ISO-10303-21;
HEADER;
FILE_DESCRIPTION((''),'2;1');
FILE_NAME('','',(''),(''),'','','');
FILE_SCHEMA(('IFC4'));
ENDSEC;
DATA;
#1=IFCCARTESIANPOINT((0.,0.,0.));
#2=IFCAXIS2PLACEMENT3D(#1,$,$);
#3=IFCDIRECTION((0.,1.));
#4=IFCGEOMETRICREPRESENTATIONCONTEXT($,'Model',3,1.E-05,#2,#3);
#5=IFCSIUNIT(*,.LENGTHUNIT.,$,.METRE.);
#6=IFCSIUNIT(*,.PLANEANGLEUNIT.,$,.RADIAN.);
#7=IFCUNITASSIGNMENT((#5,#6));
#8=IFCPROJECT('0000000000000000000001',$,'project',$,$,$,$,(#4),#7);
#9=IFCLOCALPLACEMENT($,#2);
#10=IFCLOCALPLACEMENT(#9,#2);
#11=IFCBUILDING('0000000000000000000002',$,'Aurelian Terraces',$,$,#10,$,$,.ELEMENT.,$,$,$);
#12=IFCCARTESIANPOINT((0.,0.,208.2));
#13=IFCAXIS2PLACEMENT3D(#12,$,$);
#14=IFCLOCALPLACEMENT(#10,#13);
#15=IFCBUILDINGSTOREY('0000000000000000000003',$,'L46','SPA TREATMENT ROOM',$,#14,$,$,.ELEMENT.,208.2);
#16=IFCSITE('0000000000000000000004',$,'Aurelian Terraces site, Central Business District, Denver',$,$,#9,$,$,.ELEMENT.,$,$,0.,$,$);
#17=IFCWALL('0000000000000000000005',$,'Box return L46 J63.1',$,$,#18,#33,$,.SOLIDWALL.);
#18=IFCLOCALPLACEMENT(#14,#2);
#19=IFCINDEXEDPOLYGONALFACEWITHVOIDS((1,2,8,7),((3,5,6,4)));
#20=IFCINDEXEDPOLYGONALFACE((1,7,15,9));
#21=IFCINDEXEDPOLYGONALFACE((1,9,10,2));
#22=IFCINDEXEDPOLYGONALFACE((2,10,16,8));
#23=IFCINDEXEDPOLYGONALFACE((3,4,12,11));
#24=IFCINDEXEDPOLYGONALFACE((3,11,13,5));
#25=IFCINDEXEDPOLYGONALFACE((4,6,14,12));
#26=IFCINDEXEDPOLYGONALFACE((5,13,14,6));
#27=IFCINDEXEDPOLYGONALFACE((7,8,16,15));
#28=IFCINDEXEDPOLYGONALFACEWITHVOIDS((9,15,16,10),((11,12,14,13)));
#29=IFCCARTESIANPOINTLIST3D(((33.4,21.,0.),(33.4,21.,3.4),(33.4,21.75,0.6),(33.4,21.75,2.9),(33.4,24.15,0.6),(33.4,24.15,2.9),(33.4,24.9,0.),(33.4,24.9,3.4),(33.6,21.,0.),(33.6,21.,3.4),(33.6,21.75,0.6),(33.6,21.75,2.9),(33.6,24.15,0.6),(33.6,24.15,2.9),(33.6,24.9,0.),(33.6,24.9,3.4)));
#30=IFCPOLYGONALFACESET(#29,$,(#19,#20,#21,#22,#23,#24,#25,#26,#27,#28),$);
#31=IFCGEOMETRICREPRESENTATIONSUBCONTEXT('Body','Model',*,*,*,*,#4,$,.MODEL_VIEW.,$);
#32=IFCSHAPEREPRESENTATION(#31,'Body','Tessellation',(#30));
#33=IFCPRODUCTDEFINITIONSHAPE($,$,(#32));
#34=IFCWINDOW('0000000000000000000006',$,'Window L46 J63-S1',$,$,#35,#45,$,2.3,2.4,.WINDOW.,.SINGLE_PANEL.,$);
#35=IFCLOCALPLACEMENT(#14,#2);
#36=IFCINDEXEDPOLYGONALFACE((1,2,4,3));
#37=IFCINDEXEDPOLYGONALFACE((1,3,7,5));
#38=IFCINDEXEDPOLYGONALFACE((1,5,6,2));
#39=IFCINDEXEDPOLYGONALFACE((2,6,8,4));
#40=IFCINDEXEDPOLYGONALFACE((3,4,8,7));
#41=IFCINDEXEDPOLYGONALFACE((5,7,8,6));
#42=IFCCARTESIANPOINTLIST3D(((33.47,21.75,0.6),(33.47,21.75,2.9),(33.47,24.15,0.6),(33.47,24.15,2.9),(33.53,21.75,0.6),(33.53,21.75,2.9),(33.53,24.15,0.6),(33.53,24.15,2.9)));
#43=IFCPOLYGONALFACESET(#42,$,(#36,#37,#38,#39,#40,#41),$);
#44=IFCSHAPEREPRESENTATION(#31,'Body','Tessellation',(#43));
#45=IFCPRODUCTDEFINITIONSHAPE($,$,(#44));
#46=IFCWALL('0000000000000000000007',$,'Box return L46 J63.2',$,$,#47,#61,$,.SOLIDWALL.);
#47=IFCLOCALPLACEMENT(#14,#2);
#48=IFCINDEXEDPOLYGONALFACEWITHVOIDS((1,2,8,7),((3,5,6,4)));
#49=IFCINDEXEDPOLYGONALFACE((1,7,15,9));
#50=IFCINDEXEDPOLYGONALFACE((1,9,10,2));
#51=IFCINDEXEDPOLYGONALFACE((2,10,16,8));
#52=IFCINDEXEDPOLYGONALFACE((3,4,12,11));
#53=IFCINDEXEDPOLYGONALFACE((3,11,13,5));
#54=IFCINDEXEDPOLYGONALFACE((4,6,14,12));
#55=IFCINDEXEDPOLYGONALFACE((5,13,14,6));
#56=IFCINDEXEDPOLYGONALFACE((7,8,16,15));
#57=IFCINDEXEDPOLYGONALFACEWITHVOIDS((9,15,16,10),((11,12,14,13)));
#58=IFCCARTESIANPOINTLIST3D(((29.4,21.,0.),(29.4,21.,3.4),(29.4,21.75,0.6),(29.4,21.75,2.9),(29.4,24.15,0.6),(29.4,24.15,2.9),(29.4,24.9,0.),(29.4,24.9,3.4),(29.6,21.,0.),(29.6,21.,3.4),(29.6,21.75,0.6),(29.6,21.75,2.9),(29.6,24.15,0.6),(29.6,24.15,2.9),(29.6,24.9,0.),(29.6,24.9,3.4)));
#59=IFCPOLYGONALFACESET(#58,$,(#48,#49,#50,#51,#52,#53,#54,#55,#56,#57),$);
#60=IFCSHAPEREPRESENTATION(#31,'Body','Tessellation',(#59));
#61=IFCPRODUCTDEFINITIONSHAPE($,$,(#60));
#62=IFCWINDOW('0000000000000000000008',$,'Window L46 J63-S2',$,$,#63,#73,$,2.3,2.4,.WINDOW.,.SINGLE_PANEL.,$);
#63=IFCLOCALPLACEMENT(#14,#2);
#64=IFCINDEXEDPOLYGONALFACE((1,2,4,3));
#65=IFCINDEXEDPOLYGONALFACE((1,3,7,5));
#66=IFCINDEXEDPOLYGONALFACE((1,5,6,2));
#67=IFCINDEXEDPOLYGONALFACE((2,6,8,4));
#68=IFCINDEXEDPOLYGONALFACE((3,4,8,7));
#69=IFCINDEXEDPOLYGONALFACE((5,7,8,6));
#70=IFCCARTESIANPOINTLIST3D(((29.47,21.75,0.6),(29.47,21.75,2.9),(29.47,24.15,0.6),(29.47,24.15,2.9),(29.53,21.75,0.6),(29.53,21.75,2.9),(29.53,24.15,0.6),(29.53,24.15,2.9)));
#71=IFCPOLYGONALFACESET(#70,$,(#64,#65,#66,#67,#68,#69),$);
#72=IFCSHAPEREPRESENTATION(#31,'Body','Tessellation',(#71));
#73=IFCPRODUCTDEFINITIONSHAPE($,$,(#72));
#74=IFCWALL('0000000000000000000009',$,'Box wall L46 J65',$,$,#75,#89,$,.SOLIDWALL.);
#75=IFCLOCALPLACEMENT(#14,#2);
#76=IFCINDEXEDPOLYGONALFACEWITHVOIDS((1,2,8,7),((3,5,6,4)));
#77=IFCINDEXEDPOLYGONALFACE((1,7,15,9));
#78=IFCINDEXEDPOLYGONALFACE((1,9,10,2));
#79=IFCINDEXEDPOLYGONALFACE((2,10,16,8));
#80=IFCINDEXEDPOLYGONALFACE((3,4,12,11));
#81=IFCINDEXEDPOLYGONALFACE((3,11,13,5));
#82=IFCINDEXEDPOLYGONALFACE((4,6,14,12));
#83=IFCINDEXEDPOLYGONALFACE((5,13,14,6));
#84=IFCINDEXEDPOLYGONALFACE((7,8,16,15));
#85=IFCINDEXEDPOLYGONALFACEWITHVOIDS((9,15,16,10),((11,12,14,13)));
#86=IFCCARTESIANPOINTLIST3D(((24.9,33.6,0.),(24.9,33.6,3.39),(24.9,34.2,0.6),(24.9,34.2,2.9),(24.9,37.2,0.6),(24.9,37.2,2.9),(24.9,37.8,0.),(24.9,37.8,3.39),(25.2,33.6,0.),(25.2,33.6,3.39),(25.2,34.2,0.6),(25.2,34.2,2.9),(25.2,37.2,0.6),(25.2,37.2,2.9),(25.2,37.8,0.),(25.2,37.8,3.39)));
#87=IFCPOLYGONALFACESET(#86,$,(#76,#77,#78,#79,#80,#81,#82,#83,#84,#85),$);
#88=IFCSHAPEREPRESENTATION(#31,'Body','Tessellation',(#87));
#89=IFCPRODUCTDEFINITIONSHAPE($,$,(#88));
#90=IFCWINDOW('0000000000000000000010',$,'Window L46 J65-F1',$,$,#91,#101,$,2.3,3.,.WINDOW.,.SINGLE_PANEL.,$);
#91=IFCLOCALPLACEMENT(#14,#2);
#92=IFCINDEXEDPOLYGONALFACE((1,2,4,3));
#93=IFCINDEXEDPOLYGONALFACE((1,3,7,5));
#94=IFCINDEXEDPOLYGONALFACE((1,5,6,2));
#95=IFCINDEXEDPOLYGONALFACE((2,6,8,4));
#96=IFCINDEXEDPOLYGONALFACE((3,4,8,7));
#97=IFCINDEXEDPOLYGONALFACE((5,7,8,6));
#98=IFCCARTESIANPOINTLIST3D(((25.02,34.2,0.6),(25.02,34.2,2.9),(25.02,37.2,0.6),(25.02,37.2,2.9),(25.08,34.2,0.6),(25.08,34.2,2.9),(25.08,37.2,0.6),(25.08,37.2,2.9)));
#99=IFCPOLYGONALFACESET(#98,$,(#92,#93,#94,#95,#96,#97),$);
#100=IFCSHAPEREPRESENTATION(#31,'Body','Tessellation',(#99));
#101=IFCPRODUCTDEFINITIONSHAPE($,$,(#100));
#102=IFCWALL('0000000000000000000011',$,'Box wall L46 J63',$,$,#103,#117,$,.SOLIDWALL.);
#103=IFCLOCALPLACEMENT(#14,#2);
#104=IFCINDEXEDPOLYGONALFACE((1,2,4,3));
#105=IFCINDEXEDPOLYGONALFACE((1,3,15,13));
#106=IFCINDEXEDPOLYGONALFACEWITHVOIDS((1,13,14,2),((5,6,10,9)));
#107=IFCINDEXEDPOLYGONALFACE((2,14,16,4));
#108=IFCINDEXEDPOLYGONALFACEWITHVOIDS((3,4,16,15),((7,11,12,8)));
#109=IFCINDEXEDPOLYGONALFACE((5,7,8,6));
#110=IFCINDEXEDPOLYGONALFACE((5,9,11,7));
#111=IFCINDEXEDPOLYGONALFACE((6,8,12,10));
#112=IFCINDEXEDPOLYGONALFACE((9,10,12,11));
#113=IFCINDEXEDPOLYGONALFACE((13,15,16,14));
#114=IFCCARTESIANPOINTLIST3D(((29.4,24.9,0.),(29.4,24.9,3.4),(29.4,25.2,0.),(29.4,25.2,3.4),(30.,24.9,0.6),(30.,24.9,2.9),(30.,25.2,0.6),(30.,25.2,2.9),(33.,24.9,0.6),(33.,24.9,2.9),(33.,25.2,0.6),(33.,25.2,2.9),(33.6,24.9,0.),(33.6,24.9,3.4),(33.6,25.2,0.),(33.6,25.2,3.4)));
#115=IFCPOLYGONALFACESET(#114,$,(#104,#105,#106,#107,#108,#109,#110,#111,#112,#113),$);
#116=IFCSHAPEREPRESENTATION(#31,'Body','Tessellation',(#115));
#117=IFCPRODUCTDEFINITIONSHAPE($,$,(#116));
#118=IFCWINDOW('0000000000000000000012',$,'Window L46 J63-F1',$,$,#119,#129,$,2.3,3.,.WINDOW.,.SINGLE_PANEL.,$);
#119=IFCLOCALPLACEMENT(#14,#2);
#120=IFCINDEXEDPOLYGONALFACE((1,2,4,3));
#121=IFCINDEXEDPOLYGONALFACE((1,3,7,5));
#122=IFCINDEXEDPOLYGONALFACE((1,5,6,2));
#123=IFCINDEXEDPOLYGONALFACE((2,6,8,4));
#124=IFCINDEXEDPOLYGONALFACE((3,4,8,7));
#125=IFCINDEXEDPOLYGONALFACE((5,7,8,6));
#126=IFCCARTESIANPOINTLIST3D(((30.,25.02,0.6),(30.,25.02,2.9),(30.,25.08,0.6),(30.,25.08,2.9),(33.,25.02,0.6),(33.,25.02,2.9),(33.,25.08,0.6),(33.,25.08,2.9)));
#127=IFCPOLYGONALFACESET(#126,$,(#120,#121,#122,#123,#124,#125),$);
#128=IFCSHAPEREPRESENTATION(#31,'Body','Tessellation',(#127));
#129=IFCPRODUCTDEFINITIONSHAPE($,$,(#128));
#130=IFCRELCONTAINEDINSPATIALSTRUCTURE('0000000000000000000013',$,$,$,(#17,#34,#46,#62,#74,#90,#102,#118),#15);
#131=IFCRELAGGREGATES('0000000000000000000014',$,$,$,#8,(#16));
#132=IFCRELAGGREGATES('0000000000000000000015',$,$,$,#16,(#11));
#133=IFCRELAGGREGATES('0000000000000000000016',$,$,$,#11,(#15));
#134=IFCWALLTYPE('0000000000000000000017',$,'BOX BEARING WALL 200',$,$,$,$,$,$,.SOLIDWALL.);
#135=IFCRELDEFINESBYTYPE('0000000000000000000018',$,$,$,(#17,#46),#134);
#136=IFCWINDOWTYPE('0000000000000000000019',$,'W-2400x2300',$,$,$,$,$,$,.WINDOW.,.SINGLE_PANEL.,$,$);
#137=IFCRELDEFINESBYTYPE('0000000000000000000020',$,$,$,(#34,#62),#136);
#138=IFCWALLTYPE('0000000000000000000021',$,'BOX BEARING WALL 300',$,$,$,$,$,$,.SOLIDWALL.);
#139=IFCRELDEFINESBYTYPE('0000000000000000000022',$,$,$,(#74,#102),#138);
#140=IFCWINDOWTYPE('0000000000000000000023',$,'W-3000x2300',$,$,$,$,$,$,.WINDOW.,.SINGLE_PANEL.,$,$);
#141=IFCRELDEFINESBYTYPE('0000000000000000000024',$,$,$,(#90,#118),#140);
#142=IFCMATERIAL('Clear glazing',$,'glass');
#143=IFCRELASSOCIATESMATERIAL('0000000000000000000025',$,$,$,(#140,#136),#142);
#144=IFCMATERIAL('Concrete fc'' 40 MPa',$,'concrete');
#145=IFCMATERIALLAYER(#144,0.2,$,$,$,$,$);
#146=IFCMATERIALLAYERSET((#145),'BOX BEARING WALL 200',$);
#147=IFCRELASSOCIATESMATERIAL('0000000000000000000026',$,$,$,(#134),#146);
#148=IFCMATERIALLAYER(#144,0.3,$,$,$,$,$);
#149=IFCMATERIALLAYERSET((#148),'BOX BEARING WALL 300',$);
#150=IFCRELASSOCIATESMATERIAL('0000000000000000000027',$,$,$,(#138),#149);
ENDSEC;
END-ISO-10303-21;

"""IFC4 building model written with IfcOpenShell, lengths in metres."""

from ifc_helpers import new_model, si_unit, direction, frame, frame_2d, origin, place, context, subcontext, project, spatial, rectangle, extrude, source, transform, mapped, material, layer, layer_set, type_object, element, fill, save


model = new_model("IFC4")

# Units and contexts
model_context = context("Model", 3, precision=1e-05, world=origin(), true_north=direction((0.0, 1.0)))
body_context = subcontext(model_context, "Body", "Model", "MODEL_VIEW")
ifc_project = project(units=[si_unit("LENGTHUNIT", "METRE"), si_unit("PLANEANGLEUNIT", "RADIAN")], contexts=[model_context])

# Site, building, storey
site_placement = place(None, origin())
site = spatial("IfcSite", under=ifc_project, at=site_placement, Name="Aurelian Terraces site, Central Business District, Denver", CompositionType="ELEMENT", RefElevation=0.0)
building_placement = place(site_placement, origin())
building = spatial("IfcBuilding", under=site, at=building_placement, Name="Aurelian Terraces", CompositionType="ELEMENT")
storey_placement = place(building_placement, frame((0.0, 0.0, 208.2)))
storey = spatial("IfcBuildingStorey", under=building, at=storey_placement, Name="L46", Description="SPA TREATMENT ROOM", CompositionType="ELEMENT", Elevation=208.2)

# Shared definitions
ifc_material_1 = material(Name="Concrete fc' 40 MPa", Category="concrete")

# Shared definitions
shared_shape_1 = source(origin(), body_context, "Body", "SweptSolid", [
    extrude(rectangle(XDim=3.0, YDim=2.3, at=frame_2d((1.5, 1.15))), frame((0.0, 0.16, 0.0), z_axis=(0.0, -1.0, 0.0), x_axis=(1.0, 0.0, 0.0)), (0.0, 0.0, 1.0), 0.32),
])
ifc_material_2 = material(Name="Clear glazing", Category="glass")
window_type_1 = type_object("IfcWindowType", Name="W-3000x2300", PartitioningType="SINGLE_PANEL", PredefinedType="WINDOW", material=ifc_material_2)
shared_shape_2 = source(origin(), body_context, "Body", "SweptSolid", [
    extrude(rectangle(XDim=3.0, YDim=2.3, at=frame_2d((1.5, 1.15))), frame((0.0, 0.03, 0.0), z_axis=(0.0, -1.0, 0.0), x_axis=(1.0, 0.0, 0.0)), (0.0, 0.0, 1.0), 0.06),
])

# Walls, openings, windows
ifc_layer_1 = layer(ifc_material_1, 0.2)
ifc_layer_set_1 = layer_set([ifc_layer_1], Name="BOX BEARING WALL 200")
wall_type_1 = type_object("IfcWallType", Name="BOX BEARING WALL 200", PredefinedType="SOLIDWALL", material=ifc_layer_set_1)
shared_shape_3 = source(origin(), body_context, "Body", "SweptSolid", [
    extrude(rectangle(XDim=3.9, YDim=0.2, at=frame_2d((1.95, 0.0))), origin(), (0.0, 0.0, 1.0), 3.4),
])
wall_1_placement = place(storey_placement, frame((33.5, 21.0, 0.0), z_axis=(0.0, 0.0, 1.0), x_axis=(0.0, 1.0, 0.0)))
wall_1 = element("IfcWall", 1, at=wall_1_placement, inside=storey, type_object=wall_type_1, Name="Box return L46 J63.1", PredefinedType="SOLIDWALL", context=body_context, shape_type="MappedRepresentation", body=[
    mapped(shared_shape_3, transform((0.0, 0.0, 0.0), scale=1.0)),
])
shared_shape_4 = source(origin(), body_context, "Body", "SweptSolid", [
    extrude(rectangle(XDim=2.4, YDim=2.3, at=frame_2d((1.2, 1.15))), frame((0.0, 0.11, 0.0), z_axis=(0.0, -1.0, 0.0), x_axis=(1.0, 0.0, 0.0)), (0.0, 0.0, 1.0), 0.22),
])
opening_1_placement = place(wall_1_placement, frame((0.75, 0.0, 0.6)))
opening_1 = element("IfcOpeningElement", 2, at=opening_1_placement, cuts=wall_1, PredefinedType="OPENING", context=body_context, shape_type="MappedRepresentation", body=[
    mapped(shared_shape_4, transform((0.0, 0.0, 0.0), scale=1.0)),
])
window_type_2 = type_object("IfcWindowType", Name="W-2400x2300", PartitioningType="SINGLE_PANEL", PredefinedType="WINDOW", material=ifc_material_2)
shared_shape_5 = source(origin(), body_context, "Body", "SweptSolid", [
    extrude(rectangle(XDim=2.4, YDim=2.3, at=frame_2d((1.2, 1.15))), frame((0.0, 0.03, 0.0), z_axis=(0.0, -1.0, 0.0), x_axis=(1.0, 0.0, 0.0)), (0.0, 0.0, 1.0), 0.06),
])
window_1_placement = place(opening_1_placement, origin())
window_1 = element("IfcWindow", 3, at=window_1_placement, inside=storey, type_object=window_type_2, Name="Window L46 J63-S1", OverallHeight=2.3, OverallWidth=2.4, PartitioningType="SINGLE_PANEL", PredefinedType="WINDOW", context=body_context, shape_type="MappedRepresentation", body=[
    mapped(shared_shape_5, transform((0.0, 0.0, 0.0), scale=1.0)),
])
fill(opening_1, window_1)
wall_2_placement = place(storey_placement, frame((29.5, 21.0, 0.0), z_axis=(0.0, 0.0, 1.0), x_axis=(0.0, 1.0, 0.0)))
wall_2 = element("IfcWall", 4, at=wall_2_placement, inside=storey, type_object=wall_type_1, Name="Box return L46 J63.2", PredefinedType="SOLIDWALL", context=body_context, shape_type="MappedRepresentation", body=[
    mapped(shared_shape_3, transform((0.0, 0.0, 0.0), scale=1.0)),
])
opening_2_placement = place(wall_2_placement, frame((0.75, 0.0, 0.6)))
opening_2 = element("IfcOpeningElement", 5, at=opening_2_placement, cuts=wall_2, PredefinedType="OPENING", context=body_context, shape_type="MappedRepresentation", body=[
    mapped(shared_shape_4, transform((0.0, 0.0, 0.0), scale=1.0)),
])
window_2_placement = place(opening_2_placement, origin())
window_2 = element("IfcWindow", 6, at=window_2_placement, inside=storey, type_object=window_type_2, Name="Window L46 J63-S2", OverallHeight=2.3, OverallWidth=2.4, PartitioningType="SINGLE_PANEL", PredefinedType="WINDOW", context=body_context, shape_type="MappedRepresentation", body=[
    mapped(shared_shape_5, transform((0.0, 0.0, 0.0), scale=1.0)),
])
fill(opening_2, window_2)
ifc_layer_2 = layer(ifc_material_1, 0.3)
ifc_layer_set_2 = layer_set([ifc_layer_2], Name="BOX BEARING WALL 300")
wall_type_2 = type_object("IfcWallType", Name="BOX BEARING WALL 300", PredefinedType="SOLIDWALL", material=ifc_layer_set_2)
shared_shape_6 = source(origin(), body_context, "Body", "SweptSolid", [
    extrude(rectangle(XDim=4.2, YDim=0.3, at=frame_2d((2.1, 0.0))), origin(), (0.0, 0.0, 1.0), 3.39),
])
wall_3_placement = place(storey_placement, frame((25.05, 33.6, 0.0), z_axis=(0.0, 0.0, 1.0), x_axis=(0.0, 1.0, 0.0)))
wall_3 = element("IfcWall", 7, at=wall_3_placement, inside=storey, type_object=wall_type_2, Name="Box wall L46 J65", PredefinedType="SOLIDWALL", context=body_context, shape_type="MappedRepresentation", body=[
    mapped(shared_shape_6, transform((0.0, 0.0, 0.0), scale=1.0)),
])
opening_3_placement = place(wall_3_placement, frame((0.6, 0.0, 0.6)))
opening_3 = element("IfcOpeningElement", 8, at=opening_3_placement, cuts=wall_3, PredefinedType="OPENING", context=body_context, shape_type="MappedRepresentation", body=[
    mapped(shared_shape_1, transform((0.0, 0.0, 0.0), scale=1.0)),
])
window_3_placement = place(opening_3_placement, origin())
window_3 = element("IfcWindow", 9, at=window_3_placement, inside=storey, type_object=window_type_1, Name="Window L46 J65-F1", OverallHeight=2.3, OverallWidth=3.0, PartitioningType="SINGLE_PANEL", PredefinedType="WINDOW", context=body_context, shape_type="MappedRepresentation", body=[
    mapped(shared_shape_2, transform((0.0, 0.0, 0.0), scale=1.0)),
])
fill(opening_3, window_3)
shared_shape_7 = source(origin(), body_context, "Body", "SweptSolid", [
    extrude(rectangle(XDim=4.2, YDim=0.3, at=frame_2d((2.1, 0.0))), origin(), (0.0, 0.0, 1.0), 3.4),
])
wall_4_placement = place(storey_placement, frame((33.6, 25.05, 0.0), z_axis=(0.0, 0.0, 1.0), x_axis=(-1.0, 0.0, 0.0)))
wall_4 = element("IfcWall", 10, at=wall_4_placement, inside=storey, type_object=wall_type_2, Name="Box wall L46 J63", PredefinedType="SOLIDWALL", context=body_context, shape_type="MappedRepresentation", body=[
    mapped(shared_shape_7, transform((0.0, 0.0, 0.0), scale=1.0)),
])
opening_4_placement = place(wall_4_placement, frame((0.6, 0.0, 0.6)))
opening_4 = element("IfcOpeningElement", 11, at=opening_4_placement, cuts=wall_4, PredefinedType="OPENING", context=body_context, shape_type="MappedRepresentation", body=[
    mapped(shared_shape_1, transform((0.0, 0.0, 0.0), scale=1.0)),
])
window_4_placement = place(opening_4_placement, origin())
window_4 = element("IfcWindow", 12, at=window_4_placement, inside=storey, type_object=window_type_1, Name="Window L46 J63-F1", OverallHeight=2.3, OverallWidth=3.0, PartitioningType="SINGLE_PANEL", PredefinedType="WINDOW", context=body_context, shape_type="MappedRepresentation", body=[
    mapped(shared_shape_2, transform((0.0, 0.0, 0.0), scale=1.0)),
])
fill(opening_4, window_4)

save(model, "model.ifc")
